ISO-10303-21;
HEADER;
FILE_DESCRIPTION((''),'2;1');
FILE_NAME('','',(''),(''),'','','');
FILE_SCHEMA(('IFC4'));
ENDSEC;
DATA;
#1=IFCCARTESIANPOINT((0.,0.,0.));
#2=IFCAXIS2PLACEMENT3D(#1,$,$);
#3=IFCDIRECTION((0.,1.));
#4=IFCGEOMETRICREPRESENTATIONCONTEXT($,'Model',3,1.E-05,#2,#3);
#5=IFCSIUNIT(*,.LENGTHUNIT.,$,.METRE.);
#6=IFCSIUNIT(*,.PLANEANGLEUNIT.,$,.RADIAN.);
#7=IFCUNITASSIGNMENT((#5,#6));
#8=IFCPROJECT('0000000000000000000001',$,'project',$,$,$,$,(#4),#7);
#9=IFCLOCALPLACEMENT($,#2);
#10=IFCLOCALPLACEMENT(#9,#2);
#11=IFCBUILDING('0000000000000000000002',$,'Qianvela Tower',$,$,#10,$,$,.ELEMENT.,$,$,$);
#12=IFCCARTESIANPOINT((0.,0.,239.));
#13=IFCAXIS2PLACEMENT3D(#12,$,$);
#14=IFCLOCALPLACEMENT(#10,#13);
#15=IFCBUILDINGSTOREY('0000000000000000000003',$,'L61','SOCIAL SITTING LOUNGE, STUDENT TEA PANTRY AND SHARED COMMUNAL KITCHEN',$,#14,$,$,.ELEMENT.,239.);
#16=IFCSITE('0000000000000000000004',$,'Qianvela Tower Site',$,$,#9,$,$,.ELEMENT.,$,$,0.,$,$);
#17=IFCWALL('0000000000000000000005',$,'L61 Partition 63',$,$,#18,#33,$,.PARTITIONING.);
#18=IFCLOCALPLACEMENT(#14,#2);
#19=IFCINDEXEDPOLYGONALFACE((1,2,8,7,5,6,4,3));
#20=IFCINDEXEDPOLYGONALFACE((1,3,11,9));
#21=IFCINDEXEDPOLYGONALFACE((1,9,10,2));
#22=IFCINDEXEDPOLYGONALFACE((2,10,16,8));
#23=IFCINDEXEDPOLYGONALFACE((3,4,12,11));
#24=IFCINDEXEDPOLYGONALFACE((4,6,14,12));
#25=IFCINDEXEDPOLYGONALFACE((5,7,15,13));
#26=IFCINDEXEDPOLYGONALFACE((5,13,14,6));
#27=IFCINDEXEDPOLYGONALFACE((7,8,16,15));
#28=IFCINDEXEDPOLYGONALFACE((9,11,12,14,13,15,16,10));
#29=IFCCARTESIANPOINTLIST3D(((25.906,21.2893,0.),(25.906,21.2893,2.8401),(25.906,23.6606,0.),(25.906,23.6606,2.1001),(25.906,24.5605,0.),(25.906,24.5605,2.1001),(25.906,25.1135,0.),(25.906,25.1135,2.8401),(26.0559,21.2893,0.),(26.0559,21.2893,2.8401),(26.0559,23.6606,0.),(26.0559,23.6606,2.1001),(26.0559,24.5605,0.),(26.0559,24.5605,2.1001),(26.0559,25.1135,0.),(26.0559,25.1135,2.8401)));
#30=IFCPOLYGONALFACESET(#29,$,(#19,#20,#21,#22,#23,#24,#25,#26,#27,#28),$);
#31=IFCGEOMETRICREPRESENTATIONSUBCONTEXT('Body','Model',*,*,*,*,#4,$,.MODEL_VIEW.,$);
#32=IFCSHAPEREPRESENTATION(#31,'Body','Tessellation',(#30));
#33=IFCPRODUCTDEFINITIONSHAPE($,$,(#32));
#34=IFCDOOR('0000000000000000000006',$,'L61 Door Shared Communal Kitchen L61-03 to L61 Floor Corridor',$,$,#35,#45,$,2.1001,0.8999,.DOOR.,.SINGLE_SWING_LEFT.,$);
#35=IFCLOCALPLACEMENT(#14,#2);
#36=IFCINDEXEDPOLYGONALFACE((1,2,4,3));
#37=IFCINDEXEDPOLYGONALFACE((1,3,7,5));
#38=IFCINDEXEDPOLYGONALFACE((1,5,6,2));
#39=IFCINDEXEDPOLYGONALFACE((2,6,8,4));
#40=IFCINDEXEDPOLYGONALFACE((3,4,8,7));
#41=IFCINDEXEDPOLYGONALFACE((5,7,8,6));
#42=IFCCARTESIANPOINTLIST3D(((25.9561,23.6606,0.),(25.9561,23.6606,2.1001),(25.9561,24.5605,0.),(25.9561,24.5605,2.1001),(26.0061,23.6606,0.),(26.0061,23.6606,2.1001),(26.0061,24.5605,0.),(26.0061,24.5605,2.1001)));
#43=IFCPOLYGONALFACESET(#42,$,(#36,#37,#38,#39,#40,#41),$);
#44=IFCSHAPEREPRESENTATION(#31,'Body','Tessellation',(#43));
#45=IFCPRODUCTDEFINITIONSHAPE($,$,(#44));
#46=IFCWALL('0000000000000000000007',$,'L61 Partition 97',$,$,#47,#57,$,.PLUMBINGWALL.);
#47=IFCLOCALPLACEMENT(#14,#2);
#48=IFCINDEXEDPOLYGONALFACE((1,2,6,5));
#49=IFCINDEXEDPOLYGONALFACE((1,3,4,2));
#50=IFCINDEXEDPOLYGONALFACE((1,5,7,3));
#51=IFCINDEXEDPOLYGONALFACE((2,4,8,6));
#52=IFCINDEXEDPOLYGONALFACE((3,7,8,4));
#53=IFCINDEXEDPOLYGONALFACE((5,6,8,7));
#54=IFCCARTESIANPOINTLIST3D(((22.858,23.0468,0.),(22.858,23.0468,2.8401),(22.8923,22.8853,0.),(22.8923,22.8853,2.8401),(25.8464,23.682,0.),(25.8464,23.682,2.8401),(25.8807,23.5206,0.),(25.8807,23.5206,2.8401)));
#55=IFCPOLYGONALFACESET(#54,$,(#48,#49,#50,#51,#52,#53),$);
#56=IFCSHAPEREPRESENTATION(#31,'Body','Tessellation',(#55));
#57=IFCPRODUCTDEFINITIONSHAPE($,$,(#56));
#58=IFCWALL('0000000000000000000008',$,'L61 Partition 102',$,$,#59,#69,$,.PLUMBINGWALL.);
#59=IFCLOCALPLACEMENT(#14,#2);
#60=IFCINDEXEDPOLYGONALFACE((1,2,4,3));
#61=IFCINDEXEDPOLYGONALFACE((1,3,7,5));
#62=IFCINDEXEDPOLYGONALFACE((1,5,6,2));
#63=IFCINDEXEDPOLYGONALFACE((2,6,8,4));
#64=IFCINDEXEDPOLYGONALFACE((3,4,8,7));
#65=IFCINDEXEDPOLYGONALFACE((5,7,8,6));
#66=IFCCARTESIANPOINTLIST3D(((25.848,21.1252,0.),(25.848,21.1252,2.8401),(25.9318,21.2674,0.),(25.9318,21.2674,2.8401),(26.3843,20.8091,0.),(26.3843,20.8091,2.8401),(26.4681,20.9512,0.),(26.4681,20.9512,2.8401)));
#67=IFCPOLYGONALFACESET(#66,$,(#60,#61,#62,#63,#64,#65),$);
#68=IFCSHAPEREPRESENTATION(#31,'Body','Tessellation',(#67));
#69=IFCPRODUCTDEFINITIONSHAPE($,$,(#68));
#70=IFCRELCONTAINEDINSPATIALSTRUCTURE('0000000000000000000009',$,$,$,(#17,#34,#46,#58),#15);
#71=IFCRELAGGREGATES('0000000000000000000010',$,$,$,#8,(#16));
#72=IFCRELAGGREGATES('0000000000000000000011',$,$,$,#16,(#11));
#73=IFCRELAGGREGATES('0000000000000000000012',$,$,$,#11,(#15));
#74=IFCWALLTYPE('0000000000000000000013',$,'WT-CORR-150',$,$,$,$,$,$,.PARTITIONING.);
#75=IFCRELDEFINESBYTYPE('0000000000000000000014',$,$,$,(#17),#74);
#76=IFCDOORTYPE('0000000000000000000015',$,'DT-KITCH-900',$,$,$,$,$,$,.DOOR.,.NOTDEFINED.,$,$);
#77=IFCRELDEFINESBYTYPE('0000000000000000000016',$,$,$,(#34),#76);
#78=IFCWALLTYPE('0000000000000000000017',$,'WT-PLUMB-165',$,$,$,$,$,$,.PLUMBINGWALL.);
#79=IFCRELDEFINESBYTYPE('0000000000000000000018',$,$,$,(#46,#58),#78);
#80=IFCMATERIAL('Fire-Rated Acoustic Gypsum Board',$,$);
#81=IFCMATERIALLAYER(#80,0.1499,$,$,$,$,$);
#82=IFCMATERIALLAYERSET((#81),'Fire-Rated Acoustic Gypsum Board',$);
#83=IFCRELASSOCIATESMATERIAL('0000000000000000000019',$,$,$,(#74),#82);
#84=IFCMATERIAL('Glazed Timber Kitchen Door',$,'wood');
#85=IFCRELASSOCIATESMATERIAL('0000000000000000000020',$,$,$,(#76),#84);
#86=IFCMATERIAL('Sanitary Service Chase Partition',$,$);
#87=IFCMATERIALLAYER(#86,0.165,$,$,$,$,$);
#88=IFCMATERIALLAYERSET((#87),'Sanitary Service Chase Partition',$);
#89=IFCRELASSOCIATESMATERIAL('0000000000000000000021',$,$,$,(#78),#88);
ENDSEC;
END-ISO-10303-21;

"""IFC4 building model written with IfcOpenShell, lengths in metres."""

from ifc_helpers import new_model, si_unit, direction, frame, frame_2d, origin, place, context, subcontext, project, spatial, rectangle, extrude, material, layer, layer_set, type_object, element, fill, save


model = new_model("IFC4")

# Units and contexts
model_context = context("Model", 3, precision=1e-05, world=origin(), true_north=direction((0.0, 1.0)))
body_context = subcontext(model_context, "Body", "Model", "MODEL_VIEW")
ifc_project = project(units=[si_unit("LENGTHUNIT", "METRE"), si_unit("PLANEANGLEUNIT", "RADIAN")], contexts=[model_context])

# Site, building, storey
site_placement = place(None, origin())
site = spatial("IfcSite", under=ifc_project, at=site_placement, Name="Qianvela Tower Site", CompositionType="ELEMENT", RefElevation=0.0)
building_placement = place(site_placement, origin())
building = spatial("IfcBuilding", under=site, at=building_placement, Name="Qianvela Tower", CompositionType="ELEMENT")
storey_placement = place(building_placement, frame((0.0, 0.0, 239.0)))
storey = spatial("IfcBuildingStorey", under=building, at=storey_placement, Name="L61", Description="SOCIAL SITTING LOUNGE, STUDENT TEA PANTRY AND SHARED COMMUNAL KITCHEN", CompositionType="ELEMENT", Elevation=239.0)

# Shared definitions
ifc_material_1 = material(Name="Fire-Rated Acoustic Gypsum Board")
ifc_layer_1 = layer(ifc_material_1, 0.1499)
ifc_layer_set_1 = layer_set([ifc_layer_1], Name="Fire-Rated Acoustic Gypsum Board")
wall_type_1 = type_object("IfcWallType", Name="WT-CORR-150", PredefinedType="PARTITIONING", material=ifc_layer_set_1)

# Wall, opening, door
wall_1_placement = place(storey_placement, frame((25.981, 21.2893, 0.0), z_axis=(0.0, 0.0, 1.0), x_axis=(0.0, 1.0, 0.0)))
wall_1 = element("IfcWall", 1, at=wall_1_placement, inside=storey, type_object=wall_type_1, Name="L61 Partition 63", PredefinedType="PARTITIONING", context=body_context, shape_type="SweptSolid", body=[
    extrude(rectangle(XDim=3.8242, YDim=0.1499, at=frame_2d((1.9121, 0.0))), origin(), (0.0, 0.0, 1.0), 2.8401),
])
opening_1_placement = place(wall_1_placement, frame((2.3713, 0.0, 0.0)))
opening_1 = element("IfcOpeningElement", 2, at=opening_1_placement, cuts=wall_1, PredefinedType="OPENING", context=body_context, shape_type="SweptSolid", body=[
    extrude(rectangle(XDim=0.8999, YDim=2.1001, at=frame_2d((0.45, 1.05))), frame((0.0, 0.085, 0.0), z_axis=(0.0, -1.0, 0.0), x_axis=(1.0, 0.0, 0.0)), (0.0, 0.0, 1.0), 0.1699),
])
ifc_material_2 = material(Name="Glazed Timber Kitchen Door", Category="wood")
door_type_1 = type_object("IfcDoorType", Name="DT-KITCH-900", OperationType="NOTDEFINED", PredefinedType="DOOR", material=ifc_material_2)
door_1_placement = place(opening_1_placement, origin())
door_1 = element("IfcDoor", 3, at=door_1_placement, inside=storey, type_object=door_type_1, Name="L61 Door Shared Communal Kitchen L61-03 to L61 Floor Corridor", OperationType="SINGLE_SWING_LEFT", OverallHeight=2.1001, OverallWidth=0.8999, PredefinedType="DOOR", context=body_context, shape_type="SweptSolid", body=[
    extrude(rectangle(XDim=0.8999, YDim=2.1001, at=frame_2d((0.45, 1.05))), frame((0.0, 0.0249, 0.0), z_axis=(0.0, -1.0, 0.0), x_axis=(1.0, 0.0, 0.0)), (0.0, 0.0, 1.0), 0.05),
])
fill(opening_1, door_1)

# Walls
ifc_material_3 = material(Name="Sanitary Service Chase Partition")
ifc_layer_2 = layer(ifc_material_3, 0.165)
ifc_layer_set_2 = layer_set([ifc_layer_2], Name="Sanitary Service Chase Partition")
wall_type_2 = type_object("IfcWallType", Name="WT-PLUMB-165", PredefinedType="PLUMBINGWALL", material=ifc_layer_set_2)
wall_2_placement = place(storey_placement, frame((25.8635, 23.6013, 0.0), z_axis=(0.0, 0.0, 1.0), x_axis=(-0.978143, -0.207935, 0.0)))
element("IfcWall", 4, at=wall_2_placement, inside=storey, type_object=wall_type_2, Name="L61 Partition 97", PredefinedType="PLUMBINGWALL", context=body_context, shape_type="SweptSolid", body=[
    extrude(rectangle(XDim=3.0552, YDim=0.165, at=frame_2d((1.5276, 0.0))), origin(), (0.0, 0.0, 1.0), 2.8401),
])
wall_3_placement = place(storey_placement, frame((25.8899, 21.1963, 0.0), z_axis=(0.0, 0.0, 1.0), x_axis=(0.86148, -0.507791, 0.0)))
element("IfcWall", 5, at=wall_3_placement, inside=storey, type_object=wall_type_2, Name="L61 Partition 102", PredefinedType="PLUMBINGWALL", context=body_context, shape_type="SweptSolid", body=[
    extrude(rectangle(XDim=0.6226, YDim=0.165, at=frame_2d((0.3113, 0.0))), origin(), (0.0, 0.0, 1.0), 2.8401),
])

save(model, "model.ifc")
